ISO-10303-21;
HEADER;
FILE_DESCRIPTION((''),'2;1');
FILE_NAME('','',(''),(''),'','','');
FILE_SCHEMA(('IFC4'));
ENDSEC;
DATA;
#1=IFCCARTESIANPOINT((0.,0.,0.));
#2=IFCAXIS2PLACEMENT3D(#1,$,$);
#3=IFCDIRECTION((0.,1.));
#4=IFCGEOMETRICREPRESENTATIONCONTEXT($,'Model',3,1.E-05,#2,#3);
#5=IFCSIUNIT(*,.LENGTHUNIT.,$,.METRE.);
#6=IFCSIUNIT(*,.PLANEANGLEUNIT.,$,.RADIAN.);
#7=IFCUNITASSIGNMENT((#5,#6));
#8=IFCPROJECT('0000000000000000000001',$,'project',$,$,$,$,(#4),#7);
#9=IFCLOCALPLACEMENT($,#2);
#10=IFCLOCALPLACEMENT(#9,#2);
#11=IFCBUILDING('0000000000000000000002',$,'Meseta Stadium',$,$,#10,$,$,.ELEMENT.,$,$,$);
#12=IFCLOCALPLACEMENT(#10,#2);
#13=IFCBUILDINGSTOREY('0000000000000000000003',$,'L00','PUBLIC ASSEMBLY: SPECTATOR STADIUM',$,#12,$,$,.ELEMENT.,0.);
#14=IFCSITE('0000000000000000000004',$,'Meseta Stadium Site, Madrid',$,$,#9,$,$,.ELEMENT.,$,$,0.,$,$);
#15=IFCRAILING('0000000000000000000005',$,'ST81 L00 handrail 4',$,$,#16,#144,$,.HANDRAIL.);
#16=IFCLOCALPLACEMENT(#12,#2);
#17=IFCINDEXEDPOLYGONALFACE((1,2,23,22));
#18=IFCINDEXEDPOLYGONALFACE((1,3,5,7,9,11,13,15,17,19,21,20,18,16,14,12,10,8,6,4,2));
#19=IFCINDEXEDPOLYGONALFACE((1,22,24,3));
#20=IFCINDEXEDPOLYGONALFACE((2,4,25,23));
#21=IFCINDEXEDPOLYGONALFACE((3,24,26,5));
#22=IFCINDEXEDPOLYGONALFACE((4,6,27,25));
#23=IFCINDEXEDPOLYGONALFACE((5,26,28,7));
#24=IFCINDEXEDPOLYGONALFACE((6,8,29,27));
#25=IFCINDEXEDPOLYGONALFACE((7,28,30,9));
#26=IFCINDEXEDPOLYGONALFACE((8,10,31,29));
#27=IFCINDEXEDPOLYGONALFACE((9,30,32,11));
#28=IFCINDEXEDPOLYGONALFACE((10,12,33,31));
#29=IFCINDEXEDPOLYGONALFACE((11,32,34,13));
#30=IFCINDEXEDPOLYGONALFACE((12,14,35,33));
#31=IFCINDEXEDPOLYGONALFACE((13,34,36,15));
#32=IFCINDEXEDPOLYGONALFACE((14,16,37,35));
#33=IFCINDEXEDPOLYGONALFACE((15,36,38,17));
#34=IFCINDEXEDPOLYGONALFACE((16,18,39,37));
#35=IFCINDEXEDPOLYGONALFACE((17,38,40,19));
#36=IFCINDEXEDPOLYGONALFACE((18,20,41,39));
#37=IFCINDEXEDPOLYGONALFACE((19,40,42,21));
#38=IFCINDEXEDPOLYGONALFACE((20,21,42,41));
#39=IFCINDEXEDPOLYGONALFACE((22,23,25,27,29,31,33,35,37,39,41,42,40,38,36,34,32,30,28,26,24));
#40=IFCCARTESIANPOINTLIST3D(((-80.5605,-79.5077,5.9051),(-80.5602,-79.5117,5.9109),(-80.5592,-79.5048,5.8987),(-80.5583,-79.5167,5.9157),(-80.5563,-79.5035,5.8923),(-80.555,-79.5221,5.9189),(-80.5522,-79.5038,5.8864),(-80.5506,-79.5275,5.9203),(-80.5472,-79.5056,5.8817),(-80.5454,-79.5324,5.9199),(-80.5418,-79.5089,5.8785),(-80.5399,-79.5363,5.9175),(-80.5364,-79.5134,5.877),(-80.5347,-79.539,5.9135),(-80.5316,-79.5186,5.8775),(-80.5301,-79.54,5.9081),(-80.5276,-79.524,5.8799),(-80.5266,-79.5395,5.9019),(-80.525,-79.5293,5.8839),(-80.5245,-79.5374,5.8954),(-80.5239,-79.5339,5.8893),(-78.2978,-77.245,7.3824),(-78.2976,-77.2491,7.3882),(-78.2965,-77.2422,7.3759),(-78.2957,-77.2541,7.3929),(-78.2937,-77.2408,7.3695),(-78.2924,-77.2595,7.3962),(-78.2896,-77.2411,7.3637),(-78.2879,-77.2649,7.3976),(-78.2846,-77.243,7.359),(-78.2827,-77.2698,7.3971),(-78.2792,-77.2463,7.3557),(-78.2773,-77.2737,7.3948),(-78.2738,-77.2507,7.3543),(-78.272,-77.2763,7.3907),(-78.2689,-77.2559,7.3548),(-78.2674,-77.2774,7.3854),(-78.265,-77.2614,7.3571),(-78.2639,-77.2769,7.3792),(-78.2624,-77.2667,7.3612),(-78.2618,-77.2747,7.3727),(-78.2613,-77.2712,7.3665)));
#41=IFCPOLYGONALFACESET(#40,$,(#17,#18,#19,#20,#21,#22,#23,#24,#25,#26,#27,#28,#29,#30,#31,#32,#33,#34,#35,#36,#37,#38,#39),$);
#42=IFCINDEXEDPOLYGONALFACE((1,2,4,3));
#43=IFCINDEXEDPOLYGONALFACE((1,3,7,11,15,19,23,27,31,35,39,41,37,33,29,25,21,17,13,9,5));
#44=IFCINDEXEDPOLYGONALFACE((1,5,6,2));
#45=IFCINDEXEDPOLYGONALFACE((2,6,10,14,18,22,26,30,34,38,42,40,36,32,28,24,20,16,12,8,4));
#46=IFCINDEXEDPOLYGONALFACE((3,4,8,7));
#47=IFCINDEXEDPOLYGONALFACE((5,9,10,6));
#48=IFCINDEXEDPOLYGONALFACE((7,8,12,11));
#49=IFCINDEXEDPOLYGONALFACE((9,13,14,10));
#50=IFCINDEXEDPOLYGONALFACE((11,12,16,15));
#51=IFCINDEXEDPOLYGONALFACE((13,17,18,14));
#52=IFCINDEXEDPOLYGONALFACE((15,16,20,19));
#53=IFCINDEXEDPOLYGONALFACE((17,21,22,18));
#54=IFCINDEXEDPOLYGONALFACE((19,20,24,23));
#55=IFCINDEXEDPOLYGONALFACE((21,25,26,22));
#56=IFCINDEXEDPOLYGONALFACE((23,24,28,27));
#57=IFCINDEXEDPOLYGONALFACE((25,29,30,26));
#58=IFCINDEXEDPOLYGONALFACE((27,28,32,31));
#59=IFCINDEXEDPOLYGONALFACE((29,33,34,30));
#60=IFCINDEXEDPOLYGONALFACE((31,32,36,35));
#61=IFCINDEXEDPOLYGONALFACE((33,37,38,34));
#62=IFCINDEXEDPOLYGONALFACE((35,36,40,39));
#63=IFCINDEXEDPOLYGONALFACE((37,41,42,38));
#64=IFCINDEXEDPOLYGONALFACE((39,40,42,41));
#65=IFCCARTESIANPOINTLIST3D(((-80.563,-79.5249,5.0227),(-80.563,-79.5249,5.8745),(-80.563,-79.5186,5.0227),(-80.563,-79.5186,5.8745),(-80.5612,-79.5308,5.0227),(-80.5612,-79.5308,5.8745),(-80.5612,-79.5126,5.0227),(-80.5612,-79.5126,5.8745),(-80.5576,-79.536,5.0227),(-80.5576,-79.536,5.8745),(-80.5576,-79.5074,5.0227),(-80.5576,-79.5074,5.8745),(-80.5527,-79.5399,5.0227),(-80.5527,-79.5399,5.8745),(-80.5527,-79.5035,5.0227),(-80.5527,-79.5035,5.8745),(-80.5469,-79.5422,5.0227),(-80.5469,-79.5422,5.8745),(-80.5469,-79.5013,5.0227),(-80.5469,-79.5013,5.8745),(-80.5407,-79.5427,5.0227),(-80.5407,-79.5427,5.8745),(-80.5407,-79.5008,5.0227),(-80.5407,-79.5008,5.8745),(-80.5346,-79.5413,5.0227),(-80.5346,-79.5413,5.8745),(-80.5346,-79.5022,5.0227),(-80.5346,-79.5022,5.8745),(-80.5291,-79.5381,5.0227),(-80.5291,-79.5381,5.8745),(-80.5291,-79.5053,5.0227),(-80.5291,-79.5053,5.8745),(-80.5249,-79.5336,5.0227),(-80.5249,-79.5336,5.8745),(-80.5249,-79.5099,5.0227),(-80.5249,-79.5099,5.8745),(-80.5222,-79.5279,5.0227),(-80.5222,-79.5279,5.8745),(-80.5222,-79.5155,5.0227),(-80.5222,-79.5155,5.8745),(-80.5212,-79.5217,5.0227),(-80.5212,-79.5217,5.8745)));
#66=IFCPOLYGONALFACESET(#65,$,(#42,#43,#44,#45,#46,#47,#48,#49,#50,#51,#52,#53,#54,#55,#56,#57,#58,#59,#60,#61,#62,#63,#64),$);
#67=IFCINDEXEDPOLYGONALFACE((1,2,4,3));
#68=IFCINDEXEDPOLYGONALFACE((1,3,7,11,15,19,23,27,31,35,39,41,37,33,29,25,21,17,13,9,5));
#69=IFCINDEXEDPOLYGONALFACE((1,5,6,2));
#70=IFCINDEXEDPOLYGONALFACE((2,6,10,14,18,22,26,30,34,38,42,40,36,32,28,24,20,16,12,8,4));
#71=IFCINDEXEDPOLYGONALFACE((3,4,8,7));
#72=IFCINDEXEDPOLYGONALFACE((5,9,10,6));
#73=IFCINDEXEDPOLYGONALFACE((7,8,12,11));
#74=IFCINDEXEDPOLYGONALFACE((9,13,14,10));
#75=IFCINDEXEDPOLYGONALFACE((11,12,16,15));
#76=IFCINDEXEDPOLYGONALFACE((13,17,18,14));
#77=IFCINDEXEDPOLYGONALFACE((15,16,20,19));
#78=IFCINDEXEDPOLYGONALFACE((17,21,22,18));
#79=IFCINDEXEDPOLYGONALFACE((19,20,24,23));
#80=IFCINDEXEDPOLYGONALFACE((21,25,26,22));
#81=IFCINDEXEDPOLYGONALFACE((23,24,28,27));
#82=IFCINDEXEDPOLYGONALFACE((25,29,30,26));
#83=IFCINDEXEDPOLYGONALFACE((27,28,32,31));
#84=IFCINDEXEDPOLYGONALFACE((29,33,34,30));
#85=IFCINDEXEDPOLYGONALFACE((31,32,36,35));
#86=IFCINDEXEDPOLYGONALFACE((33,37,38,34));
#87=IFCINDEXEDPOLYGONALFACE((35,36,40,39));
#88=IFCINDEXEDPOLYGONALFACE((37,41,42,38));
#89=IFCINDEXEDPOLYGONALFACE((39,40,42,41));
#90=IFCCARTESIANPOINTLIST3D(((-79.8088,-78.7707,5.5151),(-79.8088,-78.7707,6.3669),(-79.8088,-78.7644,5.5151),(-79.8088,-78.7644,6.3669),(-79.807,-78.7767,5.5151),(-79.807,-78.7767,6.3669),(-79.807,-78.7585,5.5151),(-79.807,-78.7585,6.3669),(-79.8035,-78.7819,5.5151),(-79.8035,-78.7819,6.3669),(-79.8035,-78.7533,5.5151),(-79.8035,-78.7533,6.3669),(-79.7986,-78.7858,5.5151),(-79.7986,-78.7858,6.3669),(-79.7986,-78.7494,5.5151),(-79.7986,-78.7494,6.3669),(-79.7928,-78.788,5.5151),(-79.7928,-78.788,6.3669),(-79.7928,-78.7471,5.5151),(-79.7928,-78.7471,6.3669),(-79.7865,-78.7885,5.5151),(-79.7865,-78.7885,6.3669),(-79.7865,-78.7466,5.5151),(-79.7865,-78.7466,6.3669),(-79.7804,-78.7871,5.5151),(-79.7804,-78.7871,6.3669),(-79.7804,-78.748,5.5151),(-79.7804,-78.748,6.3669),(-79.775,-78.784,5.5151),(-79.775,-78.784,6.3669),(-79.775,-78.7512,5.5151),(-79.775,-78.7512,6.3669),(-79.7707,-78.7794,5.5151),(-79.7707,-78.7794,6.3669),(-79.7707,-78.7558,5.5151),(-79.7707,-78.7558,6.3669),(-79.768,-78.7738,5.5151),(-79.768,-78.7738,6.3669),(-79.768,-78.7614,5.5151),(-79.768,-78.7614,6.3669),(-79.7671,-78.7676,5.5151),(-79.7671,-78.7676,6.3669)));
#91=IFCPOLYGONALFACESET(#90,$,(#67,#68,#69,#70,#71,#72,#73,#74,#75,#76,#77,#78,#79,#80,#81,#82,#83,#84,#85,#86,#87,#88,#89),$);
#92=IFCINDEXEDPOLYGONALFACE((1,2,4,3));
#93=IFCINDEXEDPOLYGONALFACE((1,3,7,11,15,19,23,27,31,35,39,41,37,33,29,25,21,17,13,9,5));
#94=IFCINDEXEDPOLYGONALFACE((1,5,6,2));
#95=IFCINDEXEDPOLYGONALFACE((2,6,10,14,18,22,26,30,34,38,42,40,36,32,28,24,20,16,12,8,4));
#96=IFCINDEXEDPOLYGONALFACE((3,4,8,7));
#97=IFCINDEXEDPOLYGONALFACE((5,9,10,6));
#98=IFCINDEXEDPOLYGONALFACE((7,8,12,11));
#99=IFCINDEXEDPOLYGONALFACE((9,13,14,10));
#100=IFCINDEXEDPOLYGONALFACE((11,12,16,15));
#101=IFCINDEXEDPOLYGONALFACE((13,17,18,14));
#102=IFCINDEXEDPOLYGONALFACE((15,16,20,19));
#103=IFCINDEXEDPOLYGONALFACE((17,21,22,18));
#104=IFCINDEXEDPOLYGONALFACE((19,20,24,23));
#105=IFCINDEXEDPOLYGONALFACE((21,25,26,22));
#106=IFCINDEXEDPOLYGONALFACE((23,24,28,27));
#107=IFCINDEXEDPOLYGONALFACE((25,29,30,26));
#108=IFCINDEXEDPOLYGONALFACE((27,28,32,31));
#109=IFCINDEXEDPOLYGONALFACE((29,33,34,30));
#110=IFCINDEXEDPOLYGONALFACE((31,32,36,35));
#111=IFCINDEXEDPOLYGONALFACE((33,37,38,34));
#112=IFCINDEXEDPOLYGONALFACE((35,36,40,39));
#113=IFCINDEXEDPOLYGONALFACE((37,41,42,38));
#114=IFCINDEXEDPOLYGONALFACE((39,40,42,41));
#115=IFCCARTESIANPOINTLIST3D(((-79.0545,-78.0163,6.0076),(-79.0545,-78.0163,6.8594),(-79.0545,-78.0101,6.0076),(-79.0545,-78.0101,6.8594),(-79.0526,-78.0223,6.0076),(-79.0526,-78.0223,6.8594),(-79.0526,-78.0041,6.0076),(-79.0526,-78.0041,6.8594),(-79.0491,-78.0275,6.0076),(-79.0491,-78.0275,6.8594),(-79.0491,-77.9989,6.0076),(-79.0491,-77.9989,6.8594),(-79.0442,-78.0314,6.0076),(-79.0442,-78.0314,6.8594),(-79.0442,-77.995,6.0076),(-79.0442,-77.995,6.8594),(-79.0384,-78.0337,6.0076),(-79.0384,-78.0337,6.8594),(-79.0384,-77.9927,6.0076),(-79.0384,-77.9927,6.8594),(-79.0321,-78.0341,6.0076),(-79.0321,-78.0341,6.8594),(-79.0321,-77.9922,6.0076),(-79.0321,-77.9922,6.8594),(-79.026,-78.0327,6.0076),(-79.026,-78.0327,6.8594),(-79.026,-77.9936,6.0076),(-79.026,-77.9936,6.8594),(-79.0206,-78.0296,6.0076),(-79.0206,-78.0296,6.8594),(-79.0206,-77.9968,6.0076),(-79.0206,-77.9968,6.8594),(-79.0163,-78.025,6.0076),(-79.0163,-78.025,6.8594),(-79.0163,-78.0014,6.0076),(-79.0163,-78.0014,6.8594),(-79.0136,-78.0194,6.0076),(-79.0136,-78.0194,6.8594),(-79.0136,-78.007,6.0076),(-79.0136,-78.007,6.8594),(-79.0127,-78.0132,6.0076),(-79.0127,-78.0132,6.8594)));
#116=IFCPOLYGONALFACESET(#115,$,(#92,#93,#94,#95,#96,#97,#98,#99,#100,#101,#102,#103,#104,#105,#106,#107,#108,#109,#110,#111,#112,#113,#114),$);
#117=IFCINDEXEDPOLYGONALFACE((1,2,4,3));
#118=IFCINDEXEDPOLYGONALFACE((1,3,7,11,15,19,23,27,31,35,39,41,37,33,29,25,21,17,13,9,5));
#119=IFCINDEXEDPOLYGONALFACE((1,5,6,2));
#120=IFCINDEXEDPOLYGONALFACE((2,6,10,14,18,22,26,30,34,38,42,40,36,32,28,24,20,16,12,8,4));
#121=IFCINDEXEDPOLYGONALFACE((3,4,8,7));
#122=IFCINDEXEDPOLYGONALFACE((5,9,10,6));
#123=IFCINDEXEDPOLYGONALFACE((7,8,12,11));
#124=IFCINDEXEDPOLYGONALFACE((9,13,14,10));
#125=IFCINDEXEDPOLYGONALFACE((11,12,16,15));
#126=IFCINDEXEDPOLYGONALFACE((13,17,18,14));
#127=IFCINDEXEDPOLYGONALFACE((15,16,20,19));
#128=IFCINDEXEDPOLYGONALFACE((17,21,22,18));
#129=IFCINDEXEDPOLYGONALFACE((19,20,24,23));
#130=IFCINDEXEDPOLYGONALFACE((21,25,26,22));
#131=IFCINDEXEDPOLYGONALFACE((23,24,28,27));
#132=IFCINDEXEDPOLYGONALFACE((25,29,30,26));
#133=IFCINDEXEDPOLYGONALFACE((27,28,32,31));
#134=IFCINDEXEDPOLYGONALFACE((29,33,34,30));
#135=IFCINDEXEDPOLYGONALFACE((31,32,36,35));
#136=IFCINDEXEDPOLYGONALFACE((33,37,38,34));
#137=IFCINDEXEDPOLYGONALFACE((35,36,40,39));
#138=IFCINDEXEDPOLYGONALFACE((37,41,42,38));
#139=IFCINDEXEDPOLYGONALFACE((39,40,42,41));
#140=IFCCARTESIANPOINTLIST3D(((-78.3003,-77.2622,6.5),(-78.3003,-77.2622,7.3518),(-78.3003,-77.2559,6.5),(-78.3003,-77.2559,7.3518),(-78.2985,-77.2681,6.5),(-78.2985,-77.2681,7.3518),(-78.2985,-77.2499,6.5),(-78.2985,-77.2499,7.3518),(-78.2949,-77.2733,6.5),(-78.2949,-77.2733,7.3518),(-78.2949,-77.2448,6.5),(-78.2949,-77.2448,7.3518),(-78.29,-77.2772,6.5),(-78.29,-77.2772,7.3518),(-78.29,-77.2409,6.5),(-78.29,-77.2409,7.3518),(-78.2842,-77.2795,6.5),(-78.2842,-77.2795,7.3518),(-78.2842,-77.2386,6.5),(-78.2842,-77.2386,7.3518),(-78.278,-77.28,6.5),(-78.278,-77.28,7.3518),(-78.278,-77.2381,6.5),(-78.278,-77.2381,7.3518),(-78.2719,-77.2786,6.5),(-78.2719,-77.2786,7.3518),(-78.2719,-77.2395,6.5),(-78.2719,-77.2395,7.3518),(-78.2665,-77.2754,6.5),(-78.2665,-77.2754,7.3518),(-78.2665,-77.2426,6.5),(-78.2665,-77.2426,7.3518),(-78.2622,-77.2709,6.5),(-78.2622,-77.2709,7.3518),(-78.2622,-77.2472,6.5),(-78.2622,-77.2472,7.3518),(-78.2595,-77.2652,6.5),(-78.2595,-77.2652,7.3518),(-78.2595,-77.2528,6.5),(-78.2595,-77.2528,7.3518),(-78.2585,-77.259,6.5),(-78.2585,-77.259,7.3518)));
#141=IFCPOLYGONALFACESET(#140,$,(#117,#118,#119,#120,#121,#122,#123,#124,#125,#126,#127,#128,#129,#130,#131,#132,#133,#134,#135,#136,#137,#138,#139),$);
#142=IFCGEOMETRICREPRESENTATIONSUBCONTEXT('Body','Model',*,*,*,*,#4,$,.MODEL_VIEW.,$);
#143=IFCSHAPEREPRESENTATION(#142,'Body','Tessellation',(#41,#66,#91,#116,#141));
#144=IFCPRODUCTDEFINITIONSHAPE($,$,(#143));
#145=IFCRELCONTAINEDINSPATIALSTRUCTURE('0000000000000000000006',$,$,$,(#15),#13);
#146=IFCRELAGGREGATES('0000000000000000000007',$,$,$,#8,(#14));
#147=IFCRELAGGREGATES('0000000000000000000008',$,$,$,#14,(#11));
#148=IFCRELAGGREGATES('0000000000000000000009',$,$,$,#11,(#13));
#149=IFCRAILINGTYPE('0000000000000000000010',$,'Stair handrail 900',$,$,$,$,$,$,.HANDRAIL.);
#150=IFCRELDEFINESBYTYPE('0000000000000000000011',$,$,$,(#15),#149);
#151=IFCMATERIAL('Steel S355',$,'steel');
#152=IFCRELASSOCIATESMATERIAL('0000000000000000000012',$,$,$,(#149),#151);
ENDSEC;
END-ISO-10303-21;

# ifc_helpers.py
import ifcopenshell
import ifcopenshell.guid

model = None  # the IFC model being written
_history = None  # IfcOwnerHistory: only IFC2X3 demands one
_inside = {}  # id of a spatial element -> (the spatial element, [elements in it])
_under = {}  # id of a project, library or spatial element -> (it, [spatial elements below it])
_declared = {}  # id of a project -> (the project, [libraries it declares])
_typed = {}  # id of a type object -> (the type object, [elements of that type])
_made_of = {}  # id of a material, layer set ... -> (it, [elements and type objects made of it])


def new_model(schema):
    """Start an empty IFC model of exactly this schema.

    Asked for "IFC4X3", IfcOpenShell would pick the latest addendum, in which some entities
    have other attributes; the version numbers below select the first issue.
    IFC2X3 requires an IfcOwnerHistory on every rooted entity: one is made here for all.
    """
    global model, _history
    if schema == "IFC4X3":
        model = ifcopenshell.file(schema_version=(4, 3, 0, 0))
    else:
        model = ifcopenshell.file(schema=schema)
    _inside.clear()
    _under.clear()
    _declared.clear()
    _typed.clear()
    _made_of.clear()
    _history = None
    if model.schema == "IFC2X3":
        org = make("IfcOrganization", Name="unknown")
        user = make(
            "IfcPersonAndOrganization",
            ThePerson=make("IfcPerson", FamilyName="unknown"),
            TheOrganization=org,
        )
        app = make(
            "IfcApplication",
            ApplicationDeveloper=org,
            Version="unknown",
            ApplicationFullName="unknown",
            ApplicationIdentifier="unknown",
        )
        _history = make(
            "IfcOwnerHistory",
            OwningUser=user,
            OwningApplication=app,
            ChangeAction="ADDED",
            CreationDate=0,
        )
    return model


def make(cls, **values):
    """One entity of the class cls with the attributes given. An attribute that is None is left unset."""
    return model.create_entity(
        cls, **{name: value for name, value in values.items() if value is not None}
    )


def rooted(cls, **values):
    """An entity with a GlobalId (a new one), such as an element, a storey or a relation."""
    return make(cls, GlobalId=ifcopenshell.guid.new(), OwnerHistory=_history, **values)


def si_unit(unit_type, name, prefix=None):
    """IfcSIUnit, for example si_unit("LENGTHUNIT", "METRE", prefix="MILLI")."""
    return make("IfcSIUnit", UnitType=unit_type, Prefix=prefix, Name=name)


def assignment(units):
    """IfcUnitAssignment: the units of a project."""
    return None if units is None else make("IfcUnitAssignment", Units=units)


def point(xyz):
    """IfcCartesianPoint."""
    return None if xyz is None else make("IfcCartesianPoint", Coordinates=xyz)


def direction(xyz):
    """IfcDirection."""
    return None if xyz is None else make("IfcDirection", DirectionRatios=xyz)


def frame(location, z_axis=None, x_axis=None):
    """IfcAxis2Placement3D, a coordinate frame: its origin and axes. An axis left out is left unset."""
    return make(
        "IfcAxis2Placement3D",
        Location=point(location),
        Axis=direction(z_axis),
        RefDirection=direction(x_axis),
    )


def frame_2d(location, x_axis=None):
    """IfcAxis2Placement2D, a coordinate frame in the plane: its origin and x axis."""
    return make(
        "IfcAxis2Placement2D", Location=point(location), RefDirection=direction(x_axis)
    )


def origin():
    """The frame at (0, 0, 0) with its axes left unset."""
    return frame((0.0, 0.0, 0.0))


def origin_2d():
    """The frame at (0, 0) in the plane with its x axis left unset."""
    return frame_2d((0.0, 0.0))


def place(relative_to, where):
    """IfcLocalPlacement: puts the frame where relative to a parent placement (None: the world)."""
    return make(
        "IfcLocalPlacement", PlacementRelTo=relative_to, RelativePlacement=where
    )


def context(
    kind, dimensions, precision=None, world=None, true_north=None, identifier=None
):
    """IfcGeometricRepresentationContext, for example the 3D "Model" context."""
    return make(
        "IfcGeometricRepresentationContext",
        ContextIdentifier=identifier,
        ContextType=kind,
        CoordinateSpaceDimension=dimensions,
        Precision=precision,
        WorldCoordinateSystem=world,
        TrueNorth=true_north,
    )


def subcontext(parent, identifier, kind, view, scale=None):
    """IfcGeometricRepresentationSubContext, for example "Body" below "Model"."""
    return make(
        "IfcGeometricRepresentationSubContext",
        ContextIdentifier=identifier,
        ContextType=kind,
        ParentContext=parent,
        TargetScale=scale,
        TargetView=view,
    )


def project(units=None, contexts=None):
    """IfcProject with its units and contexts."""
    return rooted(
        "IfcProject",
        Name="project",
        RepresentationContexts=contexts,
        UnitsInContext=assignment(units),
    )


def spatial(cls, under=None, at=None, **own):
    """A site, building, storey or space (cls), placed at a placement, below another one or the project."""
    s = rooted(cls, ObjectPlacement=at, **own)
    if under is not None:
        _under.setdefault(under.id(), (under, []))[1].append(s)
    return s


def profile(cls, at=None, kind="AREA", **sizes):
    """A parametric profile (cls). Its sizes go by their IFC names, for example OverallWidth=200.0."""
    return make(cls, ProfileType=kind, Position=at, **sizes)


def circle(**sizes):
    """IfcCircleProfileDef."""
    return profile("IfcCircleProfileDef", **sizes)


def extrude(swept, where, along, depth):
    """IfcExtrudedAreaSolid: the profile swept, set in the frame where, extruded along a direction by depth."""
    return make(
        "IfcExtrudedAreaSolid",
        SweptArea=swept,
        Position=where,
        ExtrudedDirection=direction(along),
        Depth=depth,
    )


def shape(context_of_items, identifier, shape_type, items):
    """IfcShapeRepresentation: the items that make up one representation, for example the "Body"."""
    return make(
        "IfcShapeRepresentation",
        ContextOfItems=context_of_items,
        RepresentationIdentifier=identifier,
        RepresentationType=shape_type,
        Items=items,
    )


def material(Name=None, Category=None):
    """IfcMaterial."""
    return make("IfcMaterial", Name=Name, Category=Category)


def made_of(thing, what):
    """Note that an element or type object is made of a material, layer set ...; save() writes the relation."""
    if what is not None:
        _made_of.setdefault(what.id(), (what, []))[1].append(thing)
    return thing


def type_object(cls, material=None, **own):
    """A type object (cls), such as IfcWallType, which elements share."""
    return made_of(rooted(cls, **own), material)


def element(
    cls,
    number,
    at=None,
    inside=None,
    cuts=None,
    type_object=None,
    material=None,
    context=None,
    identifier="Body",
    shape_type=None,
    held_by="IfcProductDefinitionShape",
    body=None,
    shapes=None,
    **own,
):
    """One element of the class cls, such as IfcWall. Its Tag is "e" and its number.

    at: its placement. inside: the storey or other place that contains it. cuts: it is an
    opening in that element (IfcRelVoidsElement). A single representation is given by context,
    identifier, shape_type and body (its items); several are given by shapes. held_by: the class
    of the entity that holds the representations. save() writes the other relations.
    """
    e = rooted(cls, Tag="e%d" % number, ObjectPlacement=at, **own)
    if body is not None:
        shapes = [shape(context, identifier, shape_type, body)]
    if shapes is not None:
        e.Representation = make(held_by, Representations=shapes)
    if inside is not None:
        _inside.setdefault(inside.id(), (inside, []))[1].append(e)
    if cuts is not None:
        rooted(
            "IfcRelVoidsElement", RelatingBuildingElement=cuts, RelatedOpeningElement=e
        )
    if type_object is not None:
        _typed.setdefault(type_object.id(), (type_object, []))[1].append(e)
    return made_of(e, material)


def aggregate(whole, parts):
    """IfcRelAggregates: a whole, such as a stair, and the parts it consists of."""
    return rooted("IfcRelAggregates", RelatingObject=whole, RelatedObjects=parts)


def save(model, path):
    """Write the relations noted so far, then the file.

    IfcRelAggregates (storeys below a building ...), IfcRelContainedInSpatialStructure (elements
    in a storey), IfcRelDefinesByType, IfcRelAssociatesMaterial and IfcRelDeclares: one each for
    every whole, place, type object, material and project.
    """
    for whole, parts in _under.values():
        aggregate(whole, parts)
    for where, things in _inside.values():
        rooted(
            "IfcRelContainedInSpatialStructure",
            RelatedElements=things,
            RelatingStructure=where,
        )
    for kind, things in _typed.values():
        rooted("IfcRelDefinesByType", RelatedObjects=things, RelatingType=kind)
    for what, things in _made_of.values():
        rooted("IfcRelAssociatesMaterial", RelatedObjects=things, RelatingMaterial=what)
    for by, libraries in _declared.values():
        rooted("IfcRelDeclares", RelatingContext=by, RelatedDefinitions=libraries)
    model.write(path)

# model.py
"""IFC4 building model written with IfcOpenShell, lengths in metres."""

from ifc_helpers import new_model, si_unit, direction, frame, origin, origin_2d, place, context, subcontext, project, spatial, circle, extrude, material, type_object, element, save


model = new_model("IFC4")

# Units and contexts
model_context = context("Model", 3, precision=1e-05, world=origin(), true_north=direction((0.0, 1.0)))
body_context = subcontext(model_context, "Body", "Model", "MODEL_VIEW")
ifc_project = project(units=[si_unit("LENGTHUNIT", "METRE"), si_unit("PLANEANGLEUNIT", "RADIAN")], contexts=[model_context])

# Site, building, storey
site_placement = place(None, origin())
site = spatial("IfcSite", under=ifc_project, at=site_placement, Name="Meseta Stadium Site, Madrid", CompositionType="ELEMENT", RefElevation=0.0)
building_placement = place(site_placement, origin())
building = spatial("IfcBuilding", under=site, at=building_placement, Name="Meseta Stadium", CompositionType="ELEMENT")
storey_placement = place(building_placement, origin())
storey = spatial("IfcBuildingStorey", under=building, at=storey_placement, Name="L00", Description="PUBLIC ASSEMBLY: SPECTATOR STADIUM", CompositionType="ELEMENT", Elevation=0.0)

# Railing
ifc_material_1 = material(Name="Steel S355", Category="steel")
railing_type_1 = type_object("IfcRailingType", Name="Stair handrail 900", PredefinedType="HANDRAIL", material=ifc_material_1)
for number, where, name in (
    (1, (-80.5422, -79.5217, 5.0227), "ST81 L00 handrail 4"),
):
    element("IfcRailing", number, at=place(storey_placement, frame(where)), inside=storey, type_object=railing_type_1, Name=name, PredefinedType="HANDRAIL", context=body_context, shape_type="SweptSolid", body=[
        extrude(circle(Radius=0.0239, at=origin_2d()), frame((0.0, 0.0, 0.876), z_axis=(0.641994, 0.641994, 0.419152), x_axis=(-0.707107, 0.707107, 0.0)), (0.0, 0.0, 1.0), 3.5244),
        extrude(circle(Radius=0.021, at=origin_2d()), origin(), (0.0, 0.0, 1.0), 0.8518),
        extrude(circle(Radius=0.021, at=origin_2d()), frame((0.7542, 0.7542, 0.4924)), (0.0, 0.0, 1.0), 0.8518),
        extrude(circle(Radius=0.021, at=origin_2d()), frame((1.5085, 1.5085, 0.9849)), (0.0, 0.0, 1.0), 0.8518),
        extrude(circle(Radius=0.021, at=origin_2d()), frame((2.2627, 2.2627, 1.4773)), (0.0, 0.0, 1.0), 0.8518),
    ])

save(model, "model.ifc")
